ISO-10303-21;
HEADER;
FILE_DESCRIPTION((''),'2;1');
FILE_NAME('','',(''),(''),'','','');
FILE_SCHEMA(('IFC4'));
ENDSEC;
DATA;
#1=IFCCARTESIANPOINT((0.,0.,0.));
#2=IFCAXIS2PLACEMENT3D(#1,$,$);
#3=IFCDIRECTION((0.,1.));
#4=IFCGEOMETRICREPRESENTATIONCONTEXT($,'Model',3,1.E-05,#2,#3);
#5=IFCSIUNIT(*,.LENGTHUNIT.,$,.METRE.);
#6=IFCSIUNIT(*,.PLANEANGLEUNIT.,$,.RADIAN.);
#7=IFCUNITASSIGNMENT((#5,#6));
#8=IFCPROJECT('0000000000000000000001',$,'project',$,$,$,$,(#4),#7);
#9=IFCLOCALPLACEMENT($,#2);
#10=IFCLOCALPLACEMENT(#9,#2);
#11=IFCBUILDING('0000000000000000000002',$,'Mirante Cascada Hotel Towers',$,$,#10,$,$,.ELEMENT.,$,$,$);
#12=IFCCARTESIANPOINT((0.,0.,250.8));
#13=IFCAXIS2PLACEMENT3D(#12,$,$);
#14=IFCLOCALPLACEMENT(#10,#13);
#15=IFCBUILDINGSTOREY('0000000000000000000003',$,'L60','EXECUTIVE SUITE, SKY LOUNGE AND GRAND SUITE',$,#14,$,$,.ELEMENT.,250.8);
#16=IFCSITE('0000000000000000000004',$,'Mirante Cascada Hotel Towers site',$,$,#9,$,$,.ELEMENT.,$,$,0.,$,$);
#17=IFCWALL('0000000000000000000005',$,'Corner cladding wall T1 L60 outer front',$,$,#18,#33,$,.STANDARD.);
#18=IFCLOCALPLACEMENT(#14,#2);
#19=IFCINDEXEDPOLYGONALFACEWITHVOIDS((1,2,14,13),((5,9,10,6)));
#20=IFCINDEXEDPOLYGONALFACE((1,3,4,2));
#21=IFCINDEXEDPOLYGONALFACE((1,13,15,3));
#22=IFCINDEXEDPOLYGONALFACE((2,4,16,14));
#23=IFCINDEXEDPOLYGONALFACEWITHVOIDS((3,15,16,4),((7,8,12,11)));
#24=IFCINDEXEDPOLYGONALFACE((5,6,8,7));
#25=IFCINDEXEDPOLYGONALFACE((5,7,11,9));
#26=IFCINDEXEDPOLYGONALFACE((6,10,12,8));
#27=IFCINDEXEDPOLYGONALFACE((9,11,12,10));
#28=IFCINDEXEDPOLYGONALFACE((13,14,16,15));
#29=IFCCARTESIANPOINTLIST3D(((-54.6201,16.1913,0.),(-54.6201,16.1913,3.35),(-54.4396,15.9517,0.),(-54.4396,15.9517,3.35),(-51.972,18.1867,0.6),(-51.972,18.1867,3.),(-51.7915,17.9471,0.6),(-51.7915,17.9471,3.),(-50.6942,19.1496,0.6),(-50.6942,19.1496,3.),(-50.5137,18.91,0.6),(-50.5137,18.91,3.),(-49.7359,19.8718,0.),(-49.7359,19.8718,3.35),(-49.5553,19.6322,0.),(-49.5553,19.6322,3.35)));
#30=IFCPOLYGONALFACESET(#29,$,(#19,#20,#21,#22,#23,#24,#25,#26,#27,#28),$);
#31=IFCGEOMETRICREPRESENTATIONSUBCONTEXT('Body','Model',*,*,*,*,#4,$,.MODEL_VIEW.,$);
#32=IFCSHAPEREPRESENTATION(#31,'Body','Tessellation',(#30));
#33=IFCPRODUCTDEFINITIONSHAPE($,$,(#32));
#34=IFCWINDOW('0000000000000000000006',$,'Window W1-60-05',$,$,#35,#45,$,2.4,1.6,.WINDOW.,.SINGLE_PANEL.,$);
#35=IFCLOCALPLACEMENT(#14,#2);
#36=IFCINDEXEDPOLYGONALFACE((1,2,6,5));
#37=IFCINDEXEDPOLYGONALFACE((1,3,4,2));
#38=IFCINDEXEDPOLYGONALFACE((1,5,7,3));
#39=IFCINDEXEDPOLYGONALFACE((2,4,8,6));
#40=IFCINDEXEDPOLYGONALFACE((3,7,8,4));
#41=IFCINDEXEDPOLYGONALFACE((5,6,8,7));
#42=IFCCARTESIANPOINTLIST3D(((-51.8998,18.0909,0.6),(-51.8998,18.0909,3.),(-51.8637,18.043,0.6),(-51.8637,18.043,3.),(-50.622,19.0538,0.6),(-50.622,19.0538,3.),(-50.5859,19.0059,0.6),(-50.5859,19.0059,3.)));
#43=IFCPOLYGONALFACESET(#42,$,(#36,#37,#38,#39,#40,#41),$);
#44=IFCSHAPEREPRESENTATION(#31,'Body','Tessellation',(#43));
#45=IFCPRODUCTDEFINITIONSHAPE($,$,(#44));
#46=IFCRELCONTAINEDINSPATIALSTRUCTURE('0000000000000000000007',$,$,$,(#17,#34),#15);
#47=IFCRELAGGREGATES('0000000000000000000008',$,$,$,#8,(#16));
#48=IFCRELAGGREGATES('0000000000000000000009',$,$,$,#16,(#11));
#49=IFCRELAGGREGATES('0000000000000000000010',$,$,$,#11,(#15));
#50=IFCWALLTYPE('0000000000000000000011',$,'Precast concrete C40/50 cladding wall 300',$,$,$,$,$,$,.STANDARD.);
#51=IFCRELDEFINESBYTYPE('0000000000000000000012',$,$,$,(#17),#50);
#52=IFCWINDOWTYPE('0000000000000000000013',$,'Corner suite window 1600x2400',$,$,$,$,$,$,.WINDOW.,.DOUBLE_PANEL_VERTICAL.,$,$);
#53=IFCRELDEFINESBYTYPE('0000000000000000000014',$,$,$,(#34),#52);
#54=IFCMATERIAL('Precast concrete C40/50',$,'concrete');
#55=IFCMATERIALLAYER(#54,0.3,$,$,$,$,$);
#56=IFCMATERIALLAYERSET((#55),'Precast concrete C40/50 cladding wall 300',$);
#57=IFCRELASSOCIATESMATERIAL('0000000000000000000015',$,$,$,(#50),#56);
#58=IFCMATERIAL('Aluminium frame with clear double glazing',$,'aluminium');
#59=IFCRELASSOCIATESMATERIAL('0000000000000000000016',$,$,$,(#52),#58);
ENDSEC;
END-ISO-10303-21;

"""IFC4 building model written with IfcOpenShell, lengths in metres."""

from ifc_helpers import new_model, si_unit, direction, frame, frame_2d, origin, place, context, subcontext, project, spatial, rectangle, extrude, material, layer, layer_set, type_object, element, fill, save


model = new_model("IFC4")

# Units and contexts
model_context = context("Model", 3, precision=1e-05, world=origin(), true_north=direction((0.0, 1.0)))
body_context = subcontext(model_context, "Body", "Model", "MODEL_VIEW")
ifc_project = project(units=[si_unit("LENGTHUNIT", "METRE"), si_unit("PLANEANGLEUNIT", "RADIAN")], contexts=[model_context])

# Site, building, storey
site_placement = place(None, origin())
site = spatial("IfcSite", under=ifc_project, at=site_placement, Name="Mirante Cascada Hotel Towers site", CompositionType="ELEMENT", RefElevation=0.0)
building_placement = place(site_placement, origin())
building = spatial("IfcBuilding", under=site, at=building_placement, Name="Mirante Cascada Hotel Towers", CompositionType="ELEMENT")
storey_placement = place(building_placement, frame((0.0, 0.0, 250.8)))
storey = spatial("IfcBuildingStorey", under=building, at=storey_placement, Name="L60", Description="EXECUTIVE SUITE, SKY LOUNGE AND GRAND SUITE", CompositionType="ELEMENT", Elevation=250.8)

# Wall, opening, window
ifc_material_1 = material(Name="Precast concrete C40/50", Category="concrete")
ifc_layer_1 = layer(ifc_material_1, 0.3)
ifc_layer_set_1 = layer_set([ifc_layer_1], Name="Precast concrete C40/50 cladding wall 300")
wall_type_1 = type_object("IfcWallType", Name="Precast concrete C40/50 cladding wall 300", PredefinedType="STANDARD", material=ifc_layer_set_1)
wall_1_placement = place(storey_placement, frame((-54.5298, 16.0715, 0.0), z_axis=(0.0, 0.0, 1.0), x_axis=(0.798636, 0.601814, 0.0)))
wall_1 = element("IfcWall", 1, at=wall_1_placement, inside=storey, type_object=wall_type_1, Name="Corner cladding wall T1 L60 outer front", PredefinedType="STANDARD", context=body_context, shape_type="SweptSolid", body=[
    extrude(rectangle(XDim=6.1157, YDim=0.3, at=frame_2d((3.0578, 0.0))), origin(), (0.0, 0.0, 1.0), 3.35),
])
opening_1_placement = place(wall_1_placement, frame((3.3157, 0.0, 0.6)))
opening_1 = element("IfcOpeningElement", 2, at=opening_1_placement, cuts=wall_1, PredefinedType="OPENING", context=body_context, shape_type="SweptSolid", body=[
    extrude(rectangle(XDim=1.6, YDim=2.4, at=frame_2d((0.8, 1.2))), frame((0.0, 0.15, 0.0), z_axis=(0.0, -1.0, 0.0), x_axis=(1.0, 0.0, 0.0)), (0.0, 0.0, 1.0), 0.3),
])
ifc_material_2 = material(Name="Aluminium frame with clear double glazing", Category="aluminium")
window_type = type_object("IfcWindowType", Name="Corner suite window 1600x2400", PartitioningType="DOUBLE_PANEL_VERTICAL", PredefinedType="WINDOW", material=ifc_material_2)
window_placement = place(opening_1_placement, origin())
window = element("IfcWindow", 3, at=window_placement, inside=storey, type_object=window_type, Name="Window W1-60-05", OverallHeight=2.4, OverallWidth=1.6, PartitioningType="SINGLE_PANEL", PredefinedType="WINDOW", context=body_context, shape_type="SweptSolid", body=[
    extrude(rectangle(XDim=1.6, YDim=2.4, at=frame_2d((0.8, 1.2))), frame((0.0, 0.03, 0.0), z_axis=(0.0, -1.0, 0.0), x_axis=(1.0, 0.0, 0.0)), (0.0, 0.0, 1.0), 0.06),
])
fill(opening_1, window)

save(model, "model.ifc")
